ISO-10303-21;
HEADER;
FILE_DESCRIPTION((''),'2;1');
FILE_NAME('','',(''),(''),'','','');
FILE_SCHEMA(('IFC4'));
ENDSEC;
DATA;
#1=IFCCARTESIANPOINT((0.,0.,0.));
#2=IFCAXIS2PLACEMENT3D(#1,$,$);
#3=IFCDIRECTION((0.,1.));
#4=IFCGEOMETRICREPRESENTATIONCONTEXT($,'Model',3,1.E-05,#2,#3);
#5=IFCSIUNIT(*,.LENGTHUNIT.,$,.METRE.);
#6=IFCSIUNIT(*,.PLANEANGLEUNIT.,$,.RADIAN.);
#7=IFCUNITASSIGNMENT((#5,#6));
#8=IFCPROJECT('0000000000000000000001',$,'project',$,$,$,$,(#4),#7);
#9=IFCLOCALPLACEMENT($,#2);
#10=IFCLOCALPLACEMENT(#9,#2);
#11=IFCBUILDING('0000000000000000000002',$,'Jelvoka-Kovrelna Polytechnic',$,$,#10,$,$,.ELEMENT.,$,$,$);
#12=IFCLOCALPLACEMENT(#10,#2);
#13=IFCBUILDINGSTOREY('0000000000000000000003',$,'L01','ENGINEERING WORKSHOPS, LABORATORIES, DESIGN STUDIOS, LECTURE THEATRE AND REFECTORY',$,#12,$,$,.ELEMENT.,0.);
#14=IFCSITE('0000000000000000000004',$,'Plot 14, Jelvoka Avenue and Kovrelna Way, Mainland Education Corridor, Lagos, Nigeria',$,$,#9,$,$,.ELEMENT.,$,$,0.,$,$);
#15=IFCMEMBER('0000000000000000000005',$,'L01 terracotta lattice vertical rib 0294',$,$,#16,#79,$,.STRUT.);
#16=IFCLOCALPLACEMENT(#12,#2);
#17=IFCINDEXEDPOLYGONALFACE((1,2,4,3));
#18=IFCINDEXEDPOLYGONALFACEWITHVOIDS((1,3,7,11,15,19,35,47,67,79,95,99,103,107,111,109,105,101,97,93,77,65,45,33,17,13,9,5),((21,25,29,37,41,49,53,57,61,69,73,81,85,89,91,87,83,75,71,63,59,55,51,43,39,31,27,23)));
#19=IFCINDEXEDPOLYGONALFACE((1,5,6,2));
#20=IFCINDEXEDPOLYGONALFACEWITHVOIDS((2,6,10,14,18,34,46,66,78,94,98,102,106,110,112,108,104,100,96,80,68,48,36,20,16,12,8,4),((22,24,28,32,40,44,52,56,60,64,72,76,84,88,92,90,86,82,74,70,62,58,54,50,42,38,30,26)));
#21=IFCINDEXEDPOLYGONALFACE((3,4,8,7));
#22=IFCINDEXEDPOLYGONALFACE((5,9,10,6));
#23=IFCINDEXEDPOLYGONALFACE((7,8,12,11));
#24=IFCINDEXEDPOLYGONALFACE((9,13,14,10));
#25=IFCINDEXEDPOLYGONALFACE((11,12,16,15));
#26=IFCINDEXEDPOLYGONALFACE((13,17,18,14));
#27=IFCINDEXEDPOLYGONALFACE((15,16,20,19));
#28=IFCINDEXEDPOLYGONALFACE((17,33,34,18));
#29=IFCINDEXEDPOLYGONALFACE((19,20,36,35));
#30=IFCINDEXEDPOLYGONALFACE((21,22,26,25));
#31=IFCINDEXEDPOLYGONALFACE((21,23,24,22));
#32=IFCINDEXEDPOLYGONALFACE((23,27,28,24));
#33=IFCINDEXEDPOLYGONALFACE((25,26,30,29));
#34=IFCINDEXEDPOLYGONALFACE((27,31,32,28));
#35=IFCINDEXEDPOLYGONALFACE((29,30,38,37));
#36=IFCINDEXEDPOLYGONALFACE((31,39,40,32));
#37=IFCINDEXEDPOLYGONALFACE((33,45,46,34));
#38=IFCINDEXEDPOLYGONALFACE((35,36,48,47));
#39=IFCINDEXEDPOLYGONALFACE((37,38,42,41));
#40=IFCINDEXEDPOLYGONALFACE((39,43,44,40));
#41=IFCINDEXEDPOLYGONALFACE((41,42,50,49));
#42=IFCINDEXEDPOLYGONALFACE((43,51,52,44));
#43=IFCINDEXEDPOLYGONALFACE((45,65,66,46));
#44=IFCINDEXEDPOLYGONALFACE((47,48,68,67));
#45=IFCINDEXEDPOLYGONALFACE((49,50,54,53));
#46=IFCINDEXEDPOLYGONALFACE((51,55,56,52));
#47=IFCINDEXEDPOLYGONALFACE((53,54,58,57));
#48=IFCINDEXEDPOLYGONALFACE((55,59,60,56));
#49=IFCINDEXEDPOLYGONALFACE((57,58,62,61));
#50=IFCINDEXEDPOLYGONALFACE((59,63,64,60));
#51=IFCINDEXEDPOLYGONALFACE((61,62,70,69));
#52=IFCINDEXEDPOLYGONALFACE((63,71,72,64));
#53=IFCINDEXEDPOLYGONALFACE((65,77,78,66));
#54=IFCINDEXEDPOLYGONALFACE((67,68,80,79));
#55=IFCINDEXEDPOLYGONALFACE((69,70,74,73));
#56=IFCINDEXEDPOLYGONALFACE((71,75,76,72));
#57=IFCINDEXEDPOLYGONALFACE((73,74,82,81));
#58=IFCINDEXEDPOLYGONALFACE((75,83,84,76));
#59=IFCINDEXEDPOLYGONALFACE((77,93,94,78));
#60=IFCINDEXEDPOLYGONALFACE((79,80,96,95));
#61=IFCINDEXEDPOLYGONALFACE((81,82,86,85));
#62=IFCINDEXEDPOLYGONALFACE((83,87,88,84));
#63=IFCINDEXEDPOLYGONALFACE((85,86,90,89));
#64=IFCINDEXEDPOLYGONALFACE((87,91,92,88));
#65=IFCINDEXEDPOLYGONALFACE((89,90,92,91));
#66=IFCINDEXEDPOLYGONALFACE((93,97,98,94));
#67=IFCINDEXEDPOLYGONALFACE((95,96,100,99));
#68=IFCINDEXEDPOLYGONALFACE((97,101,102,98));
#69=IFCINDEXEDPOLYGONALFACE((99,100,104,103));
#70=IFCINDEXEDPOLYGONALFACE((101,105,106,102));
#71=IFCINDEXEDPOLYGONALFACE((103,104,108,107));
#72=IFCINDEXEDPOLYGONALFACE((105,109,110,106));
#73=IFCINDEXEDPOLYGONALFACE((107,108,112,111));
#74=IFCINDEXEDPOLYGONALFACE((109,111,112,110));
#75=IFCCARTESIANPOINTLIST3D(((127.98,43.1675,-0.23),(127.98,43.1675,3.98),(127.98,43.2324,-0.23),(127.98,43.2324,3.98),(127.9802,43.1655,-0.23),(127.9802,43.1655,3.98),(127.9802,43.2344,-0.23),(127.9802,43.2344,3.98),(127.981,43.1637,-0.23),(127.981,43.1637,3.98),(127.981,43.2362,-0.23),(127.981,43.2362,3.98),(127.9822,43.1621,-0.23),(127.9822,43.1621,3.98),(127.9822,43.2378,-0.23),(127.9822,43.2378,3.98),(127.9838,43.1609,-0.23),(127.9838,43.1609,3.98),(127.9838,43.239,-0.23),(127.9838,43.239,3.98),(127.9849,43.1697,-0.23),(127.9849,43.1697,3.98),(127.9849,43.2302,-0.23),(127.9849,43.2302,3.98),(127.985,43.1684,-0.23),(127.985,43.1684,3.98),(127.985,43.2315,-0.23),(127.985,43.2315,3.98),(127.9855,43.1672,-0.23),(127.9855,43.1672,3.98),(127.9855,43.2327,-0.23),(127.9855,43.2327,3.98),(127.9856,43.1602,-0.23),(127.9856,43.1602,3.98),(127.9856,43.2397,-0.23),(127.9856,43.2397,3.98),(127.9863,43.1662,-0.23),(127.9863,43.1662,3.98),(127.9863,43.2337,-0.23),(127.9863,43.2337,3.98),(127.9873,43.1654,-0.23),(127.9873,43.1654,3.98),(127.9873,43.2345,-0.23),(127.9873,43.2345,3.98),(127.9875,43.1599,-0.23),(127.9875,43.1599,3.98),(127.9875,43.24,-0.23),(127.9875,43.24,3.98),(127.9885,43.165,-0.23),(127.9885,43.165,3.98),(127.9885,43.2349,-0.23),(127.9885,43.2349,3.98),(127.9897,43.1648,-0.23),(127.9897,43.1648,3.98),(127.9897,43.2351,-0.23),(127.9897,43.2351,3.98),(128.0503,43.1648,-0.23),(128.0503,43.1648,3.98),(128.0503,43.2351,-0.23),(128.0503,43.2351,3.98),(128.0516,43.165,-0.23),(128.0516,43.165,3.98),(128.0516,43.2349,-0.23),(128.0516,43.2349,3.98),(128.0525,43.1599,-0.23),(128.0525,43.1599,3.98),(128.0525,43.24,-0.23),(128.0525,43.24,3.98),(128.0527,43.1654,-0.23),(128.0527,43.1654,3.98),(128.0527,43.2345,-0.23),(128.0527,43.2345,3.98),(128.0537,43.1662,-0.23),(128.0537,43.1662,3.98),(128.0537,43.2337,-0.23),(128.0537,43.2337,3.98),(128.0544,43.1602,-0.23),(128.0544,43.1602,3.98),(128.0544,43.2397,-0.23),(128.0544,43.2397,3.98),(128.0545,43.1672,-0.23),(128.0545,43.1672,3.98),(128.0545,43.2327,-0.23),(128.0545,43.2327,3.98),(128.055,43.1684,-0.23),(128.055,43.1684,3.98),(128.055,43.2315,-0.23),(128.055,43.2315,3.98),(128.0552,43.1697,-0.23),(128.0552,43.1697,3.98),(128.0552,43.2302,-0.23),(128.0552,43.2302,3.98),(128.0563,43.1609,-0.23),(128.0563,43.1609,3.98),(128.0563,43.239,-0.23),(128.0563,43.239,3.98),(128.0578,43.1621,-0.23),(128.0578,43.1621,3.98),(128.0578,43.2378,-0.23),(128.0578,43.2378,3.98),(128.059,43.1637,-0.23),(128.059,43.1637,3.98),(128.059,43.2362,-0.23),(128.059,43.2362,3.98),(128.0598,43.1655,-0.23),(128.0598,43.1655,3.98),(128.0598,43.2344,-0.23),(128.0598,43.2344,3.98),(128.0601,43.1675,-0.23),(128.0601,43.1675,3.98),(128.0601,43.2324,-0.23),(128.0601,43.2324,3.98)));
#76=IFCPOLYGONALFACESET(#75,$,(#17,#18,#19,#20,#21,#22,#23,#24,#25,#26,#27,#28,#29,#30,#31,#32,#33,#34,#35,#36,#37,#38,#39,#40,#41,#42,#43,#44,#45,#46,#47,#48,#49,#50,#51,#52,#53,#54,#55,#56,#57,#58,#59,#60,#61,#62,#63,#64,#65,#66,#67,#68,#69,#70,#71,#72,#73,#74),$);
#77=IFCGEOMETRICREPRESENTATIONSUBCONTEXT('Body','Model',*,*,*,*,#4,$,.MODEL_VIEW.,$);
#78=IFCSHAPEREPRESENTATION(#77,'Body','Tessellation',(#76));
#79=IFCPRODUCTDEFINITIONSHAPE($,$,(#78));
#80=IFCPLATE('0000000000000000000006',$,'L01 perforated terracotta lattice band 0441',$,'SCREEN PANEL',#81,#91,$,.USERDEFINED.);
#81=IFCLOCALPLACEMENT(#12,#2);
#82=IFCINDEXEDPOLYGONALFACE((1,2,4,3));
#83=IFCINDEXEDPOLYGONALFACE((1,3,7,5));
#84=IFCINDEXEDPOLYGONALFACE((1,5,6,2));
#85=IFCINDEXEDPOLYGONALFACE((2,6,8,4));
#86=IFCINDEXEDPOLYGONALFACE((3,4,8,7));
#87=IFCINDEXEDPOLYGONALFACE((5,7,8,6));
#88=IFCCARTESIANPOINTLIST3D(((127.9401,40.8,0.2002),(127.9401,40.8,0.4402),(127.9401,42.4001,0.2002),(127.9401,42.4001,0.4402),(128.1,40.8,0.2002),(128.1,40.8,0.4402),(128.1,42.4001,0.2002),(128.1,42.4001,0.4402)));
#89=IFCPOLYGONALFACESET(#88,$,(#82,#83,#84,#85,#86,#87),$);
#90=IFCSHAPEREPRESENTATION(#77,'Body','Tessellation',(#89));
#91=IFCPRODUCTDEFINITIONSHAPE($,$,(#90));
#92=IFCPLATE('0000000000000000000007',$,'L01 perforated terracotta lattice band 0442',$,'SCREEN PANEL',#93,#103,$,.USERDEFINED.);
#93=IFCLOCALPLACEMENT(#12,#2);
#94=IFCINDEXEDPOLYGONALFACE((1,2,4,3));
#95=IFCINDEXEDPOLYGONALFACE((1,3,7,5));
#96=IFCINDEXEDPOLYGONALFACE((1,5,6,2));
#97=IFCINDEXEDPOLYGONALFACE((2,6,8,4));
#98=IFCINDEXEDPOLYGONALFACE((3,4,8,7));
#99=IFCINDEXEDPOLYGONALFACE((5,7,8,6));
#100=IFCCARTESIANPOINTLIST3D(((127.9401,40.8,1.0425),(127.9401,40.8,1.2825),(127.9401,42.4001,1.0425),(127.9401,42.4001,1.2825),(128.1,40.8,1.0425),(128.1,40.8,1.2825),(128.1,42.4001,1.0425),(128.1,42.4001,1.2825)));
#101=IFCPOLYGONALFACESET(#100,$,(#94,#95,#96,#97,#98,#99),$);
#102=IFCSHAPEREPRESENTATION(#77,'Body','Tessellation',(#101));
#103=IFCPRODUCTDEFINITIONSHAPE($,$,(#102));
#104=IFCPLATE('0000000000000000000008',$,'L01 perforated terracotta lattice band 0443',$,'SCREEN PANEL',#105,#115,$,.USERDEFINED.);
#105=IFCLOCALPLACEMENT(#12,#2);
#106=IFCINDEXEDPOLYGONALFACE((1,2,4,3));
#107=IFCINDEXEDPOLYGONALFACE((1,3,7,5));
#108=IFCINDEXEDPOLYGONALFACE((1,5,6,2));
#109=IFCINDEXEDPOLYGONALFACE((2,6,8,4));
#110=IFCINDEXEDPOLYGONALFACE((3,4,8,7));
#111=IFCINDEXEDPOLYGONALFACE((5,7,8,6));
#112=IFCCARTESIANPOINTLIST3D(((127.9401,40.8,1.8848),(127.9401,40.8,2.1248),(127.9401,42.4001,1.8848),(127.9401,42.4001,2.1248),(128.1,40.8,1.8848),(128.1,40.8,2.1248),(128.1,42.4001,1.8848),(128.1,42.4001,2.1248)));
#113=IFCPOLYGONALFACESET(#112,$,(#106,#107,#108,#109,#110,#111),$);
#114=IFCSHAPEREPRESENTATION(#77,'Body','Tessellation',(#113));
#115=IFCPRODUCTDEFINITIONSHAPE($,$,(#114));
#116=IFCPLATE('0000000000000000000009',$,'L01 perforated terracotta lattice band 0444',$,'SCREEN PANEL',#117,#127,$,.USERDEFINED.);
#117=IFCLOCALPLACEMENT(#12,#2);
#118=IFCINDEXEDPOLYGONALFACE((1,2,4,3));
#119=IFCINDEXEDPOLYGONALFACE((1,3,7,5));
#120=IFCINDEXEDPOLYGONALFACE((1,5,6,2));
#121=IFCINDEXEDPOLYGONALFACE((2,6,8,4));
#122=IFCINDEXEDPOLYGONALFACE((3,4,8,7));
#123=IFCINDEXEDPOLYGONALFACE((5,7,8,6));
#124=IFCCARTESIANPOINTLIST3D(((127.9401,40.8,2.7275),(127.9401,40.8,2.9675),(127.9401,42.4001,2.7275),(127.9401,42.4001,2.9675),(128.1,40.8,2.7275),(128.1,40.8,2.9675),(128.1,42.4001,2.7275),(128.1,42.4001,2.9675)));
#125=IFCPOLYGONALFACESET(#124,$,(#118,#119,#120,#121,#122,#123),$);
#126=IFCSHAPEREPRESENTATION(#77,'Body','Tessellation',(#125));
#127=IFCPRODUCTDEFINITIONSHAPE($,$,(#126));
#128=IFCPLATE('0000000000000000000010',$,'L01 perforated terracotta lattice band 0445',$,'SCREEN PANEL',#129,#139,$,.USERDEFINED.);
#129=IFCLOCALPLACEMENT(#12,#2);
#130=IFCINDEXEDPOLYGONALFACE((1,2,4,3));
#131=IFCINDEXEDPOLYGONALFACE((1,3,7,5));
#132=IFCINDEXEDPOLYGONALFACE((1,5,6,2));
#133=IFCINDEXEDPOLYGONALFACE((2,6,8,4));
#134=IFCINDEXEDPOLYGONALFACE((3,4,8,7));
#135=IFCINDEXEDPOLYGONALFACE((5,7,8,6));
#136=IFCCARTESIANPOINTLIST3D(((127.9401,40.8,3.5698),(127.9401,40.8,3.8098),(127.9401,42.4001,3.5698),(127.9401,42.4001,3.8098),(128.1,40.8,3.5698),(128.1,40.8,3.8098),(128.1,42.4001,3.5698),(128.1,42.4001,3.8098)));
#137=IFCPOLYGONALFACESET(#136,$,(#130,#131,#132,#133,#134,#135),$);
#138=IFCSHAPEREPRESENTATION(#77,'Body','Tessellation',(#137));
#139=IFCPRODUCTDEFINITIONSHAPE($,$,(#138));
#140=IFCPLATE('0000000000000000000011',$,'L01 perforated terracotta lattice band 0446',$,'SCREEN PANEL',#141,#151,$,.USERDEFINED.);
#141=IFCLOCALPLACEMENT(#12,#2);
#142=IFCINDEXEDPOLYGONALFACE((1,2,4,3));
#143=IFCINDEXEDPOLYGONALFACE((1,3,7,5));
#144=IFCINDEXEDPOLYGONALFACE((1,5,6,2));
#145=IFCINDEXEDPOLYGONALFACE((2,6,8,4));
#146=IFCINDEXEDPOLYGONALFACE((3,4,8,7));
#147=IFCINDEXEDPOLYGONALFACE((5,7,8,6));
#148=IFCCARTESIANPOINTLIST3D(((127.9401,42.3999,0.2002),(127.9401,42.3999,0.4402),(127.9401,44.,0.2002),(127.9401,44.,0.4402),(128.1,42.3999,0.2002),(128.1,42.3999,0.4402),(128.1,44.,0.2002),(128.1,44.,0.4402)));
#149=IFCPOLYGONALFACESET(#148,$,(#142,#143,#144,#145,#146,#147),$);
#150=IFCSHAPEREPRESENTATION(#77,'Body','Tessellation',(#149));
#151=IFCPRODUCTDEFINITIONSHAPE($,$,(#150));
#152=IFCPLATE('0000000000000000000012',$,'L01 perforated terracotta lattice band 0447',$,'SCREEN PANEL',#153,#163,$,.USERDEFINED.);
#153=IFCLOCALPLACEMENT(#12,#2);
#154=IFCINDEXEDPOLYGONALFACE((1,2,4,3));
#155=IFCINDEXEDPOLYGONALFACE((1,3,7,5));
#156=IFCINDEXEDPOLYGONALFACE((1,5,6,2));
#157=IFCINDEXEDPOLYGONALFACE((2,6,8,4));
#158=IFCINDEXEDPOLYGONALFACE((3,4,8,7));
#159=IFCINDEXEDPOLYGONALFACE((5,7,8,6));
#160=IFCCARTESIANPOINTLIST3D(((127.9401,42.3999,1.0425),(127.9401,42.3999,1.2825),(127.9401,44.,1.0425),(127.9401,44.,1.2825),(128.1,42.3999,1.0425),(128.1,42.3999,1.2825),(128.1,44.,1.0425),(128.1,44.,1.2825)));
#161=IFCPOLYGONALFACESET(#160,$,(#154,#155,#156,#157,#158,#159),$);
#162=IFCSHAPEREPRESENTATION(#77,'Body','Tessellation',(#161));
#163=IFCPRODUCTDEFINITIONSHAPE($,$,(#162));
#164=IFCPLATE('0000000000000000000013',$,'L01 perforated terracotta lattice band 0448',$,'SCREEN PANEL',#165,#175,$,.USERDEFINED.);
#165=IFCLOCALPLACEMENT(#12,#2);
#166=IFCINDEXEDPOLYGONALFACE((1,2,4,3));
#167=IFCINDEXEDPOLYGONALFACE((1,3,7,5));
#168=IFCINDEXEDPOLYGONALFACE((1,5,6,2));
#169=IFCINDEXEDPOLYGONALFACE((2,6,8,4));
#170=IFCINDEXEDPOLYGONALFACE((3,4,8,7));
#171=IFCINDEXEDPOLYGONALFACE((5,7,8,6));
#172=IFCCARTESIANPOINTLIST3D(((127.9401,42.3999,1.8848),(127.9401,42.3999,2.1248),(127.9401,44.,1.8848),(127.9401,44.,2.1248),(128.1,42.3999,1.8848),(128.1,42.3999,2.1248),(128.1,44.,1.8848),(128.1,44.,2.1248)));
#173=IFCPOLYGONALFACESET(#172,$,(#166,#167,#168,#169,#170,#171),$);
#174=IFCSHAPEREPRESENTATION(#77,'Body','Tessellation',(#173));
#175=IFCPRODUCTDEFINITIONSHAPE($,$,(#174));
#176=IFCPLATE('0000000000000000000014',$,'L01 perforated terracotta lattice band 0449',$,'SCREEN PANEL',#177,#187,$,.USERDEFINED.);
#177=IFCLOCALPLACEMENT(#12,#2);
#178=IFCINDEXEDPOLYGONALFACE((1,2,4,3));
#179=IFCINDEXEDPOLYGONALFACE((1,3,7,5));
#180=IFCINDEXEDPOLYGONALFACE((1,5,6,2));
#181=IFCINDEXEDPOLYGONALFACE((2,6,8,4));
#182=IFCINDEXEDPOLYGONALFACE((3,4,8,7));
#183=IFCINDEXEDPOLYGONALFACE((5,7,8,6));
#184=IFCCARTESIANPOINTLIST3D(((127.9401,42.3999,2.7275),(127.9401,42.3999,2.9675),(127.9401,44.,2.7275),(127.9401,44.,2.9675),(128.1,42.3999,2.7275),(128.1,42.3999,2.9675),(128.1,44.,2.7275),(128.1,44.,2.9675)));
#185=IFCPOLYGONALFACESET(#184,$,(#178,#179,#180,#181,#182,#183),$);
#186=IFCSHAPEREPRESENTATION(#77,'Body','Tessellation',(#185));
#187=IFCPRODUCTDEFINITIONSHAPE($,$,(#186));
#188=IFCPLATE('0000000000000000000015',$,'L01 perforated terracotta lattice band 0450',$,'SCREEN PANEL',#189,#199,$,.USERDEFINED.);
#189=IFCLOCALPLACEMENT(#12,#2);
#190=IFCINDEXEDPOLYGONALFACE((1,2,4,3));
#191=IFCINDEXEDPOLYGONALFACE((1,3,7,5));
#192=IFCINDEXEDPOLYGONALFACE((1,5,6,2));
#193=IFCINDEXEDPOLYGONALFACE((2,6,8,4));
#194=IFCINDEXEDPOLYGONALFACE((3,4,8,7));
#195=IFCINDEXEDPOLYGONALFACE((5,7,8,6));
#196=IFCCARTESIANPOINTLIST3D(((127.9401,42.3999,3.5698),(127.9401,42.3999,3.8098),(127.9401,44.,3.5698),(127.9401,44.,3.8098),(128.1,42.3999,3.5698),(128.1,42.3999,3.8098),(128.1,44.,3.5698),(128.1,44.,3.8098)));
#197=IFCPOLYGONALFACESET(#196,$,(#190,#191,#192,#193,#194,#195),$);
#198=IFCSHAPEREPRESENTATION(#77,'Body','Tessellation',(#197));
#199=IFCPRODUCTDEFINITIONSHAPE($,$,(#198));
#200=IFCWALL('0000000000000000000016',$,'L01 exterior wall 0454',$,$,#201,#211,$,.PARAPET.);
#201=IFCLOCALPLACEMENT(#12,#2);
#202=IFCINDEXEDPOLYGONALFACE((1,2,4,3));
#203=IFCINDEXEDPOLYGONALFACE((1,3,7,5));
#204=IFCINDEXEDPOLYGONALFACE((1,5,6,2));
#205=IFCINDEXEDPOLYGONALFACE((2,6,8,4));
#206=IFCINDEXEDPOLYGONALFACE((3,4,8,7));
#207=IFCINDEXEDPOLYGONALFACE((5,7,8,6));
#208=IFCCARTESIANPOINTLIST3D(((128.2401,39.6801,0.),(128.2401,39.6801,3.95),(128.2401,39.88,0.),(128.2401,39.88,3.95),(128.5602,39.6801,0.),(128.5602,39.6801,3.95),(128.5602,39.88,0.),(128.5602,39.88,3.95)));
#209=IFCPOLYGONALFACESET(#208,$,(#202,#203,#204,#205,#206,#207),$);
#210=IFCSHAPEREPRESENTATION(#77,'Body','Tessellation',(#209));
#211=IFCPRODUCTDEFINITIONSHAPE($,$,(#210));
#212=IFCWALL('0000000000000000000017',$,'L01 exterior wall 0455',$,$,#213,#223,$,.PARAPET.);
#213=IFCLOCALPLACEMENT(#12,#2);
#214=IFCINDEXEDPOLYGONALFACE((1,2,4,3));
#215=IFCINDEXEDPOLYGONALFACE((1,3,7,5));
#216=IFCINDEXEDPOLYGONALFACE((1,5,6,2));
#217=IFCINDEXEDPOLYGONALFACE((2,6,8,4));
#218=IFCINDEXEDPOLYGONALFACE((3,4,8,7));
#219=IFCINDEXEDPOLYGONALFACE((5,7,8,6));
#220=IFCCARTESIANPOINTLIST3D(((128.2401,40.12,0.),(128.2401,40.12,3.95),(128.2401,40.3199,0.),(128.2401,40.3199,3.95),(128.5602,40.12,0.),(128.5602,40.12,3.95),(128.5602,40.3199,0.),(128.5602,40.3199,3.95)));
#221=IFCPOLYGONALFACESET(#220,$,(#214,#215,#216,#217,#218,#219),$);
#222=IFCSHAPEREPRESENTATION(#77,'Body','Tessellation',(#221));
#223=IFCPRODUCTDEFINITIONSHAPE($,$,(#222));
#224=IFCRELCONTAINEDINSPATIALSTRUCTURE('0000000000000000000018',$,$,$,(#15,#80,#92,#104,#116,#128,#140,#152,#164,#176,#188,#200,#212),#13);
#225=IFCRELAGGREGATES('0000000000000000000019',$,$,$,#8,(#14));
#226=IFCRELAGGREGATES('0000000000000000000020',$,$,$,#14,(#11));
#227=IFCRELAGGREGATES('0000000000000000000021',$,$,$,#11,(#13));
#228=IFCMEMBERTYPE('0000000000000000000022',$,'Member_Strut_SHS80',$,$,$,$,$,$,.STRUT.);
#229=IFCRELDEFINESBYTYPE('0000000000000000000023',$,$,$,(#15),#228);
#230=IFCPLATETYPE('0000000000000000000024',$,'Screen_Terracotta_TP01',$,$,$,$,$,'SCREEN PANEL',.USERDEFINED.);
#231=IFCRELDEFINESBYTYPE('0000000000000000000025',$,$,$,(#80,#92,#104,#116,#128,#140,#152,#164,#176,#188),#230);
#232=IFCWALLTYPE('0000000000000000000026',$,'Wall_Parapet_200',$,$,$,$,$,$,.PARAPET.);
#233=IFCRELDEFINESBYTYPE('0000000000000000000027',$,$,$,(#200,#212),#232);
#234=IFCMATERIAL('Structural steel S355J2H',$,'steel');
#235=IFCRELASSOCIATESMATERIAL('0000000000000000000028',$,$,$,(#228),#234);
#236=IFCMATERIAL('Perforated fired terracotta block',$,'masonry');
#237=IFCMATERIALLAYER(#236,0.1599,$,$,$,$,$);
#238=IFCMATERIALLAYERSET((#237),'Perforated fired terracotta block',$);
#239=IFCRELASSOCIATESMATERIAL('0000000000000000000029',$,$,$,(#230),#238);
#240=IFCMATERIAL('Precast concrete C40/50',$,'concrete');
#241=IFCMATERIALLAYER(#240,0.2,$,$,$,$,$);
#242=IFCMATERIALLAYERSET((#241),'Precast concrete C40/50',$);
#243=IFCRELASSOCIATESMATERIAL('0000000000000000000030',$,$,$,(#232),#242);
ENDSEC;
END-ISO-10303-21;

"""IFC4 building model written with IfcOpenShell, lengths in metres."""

from ifc_helpers import new_model, si_unit, direction, frame, frame_2d, origin, origin_2d, place, context, subcontext, project, spatial, rectangle, hollow_rectangle, extrude, material, layer, layer_set, material_profile, profile_set, type_object, element, save


model = new_model("IFC4")

# Units and contexts
model_context = context("Model", 3, precision=1e-05, world=origin(), true_north=direction((0.0, 1.0)))
body_context = subcontext(model_context, "Body", "Model", "MODEL_VIEW")
ifc_project = project(units=[si_unit("LENGTHUNIT", "METRE"), si_unit("PLANEANGLEUNIT", "RADIAN")], contexts=[model_context])

# Site, building, storey
site_placement = place(None, origin())
site = spatial("IfcSite", under=ifc_project, at=site_placement, Name="Plot 14, Jelvoka Avenue and Kovrelna Way, Mainland Education Corridor, Lagos, Nigeria", CompositionType="ELEMENT", RefElevation=0.0)
building_placement = place(site_placement, origin())
building = spatial("IfcBuilding", under=site, at=building_placement, Name="Jelvoka-Kovrelna Polytechnic", CompositionType="ELEMENT")
storey_placement = place(building_placement, origin())
storey = spatial("IfcBuildingStorey", under=building, at=storey_placement, Name="L01", Description="ENGINEERING WORKSHOPS, LABORATORIES, DESIGN STUDIOS, LECTURE THEATRE AND REFECTORY", CompositionType="ELEMENT", Elevation=0.0)

# Member
ifc_material_1 = material(Name="Structural steel S355J2H", Category="steel")
ifc_material_profile_1 = material_profile(ifc_material_1, hollow_rectangle(XDim=0.0801, YDim=0.0801, WallThickness=0.0049, InnerFilletRadius=0.0049, OuterFilletRadius=0.0076, at=origin_2d()), Name="80x80x5.0 SHS")
ifc_profile_set_1 = profile_set([ifc_material_profile_1], Name="Structural steel S355J2H")
member_type_1 = type_object("IfcMemberType", Name="Member_Strut_SHS80", PredefinedType="STRUT", material=ifc_profile_set_1)
for number, where, z_axis, x_axis, name in (
    (1, (128.02, 43.2, -0.23), (0.0, 0.0, 1.0), (1.0, 0.0, 0.0), "L01 terracotta lattice vertical rib 0294"),
):
    element("IfcMember", number, at=place(storey_placement, frame(where, z_axis=z_axis, x_axis=x_axis)), inside=storey, type_object=member_type_1, Name=name, PredefinedType="STRUT", context=body_context, shape_type="SweptSolid", body=[
        extrude(hollow_rectangle(XDim=0.0801, YDim=0.0801, WallThickness=0.0049, InnerFilletRadius=0.0049, OuterFilletRadius=0.0076, at=origin_2d()), origin(), (0.0, 0.0, 1.0), 4.21),
    ])

# Plates
ifc_material_2 = material(Name="Perforated fired terracotta block", Category="masonry")
ifc_layer_1 = layer(ifc_material_2, 0.1599)
ifc_layer_set_1 = layer_set([ifc_layer_1], Name="Perforated fired terracotta block")
plate_type = type_object("IfcPlateType", Name="Screen_Terracotta_TP01", ElementType="SCREEN PANEL", PredefinedType="USERDEFINED", material=ifc_layer_set_1)
for number, where, z_axis, x_axis, name in (
    (2, (128.02, 41.6001, 0.2002), (0.0, 0.0, 1.0), (0.0, 1.0, 0.0), "L01 perforated terracotta lattice band 0441"),
    (3, (128.02, 41.6001, 1.0425), (0.0, 0.0, 1.0), (0.0, 1.0, 0.0), "L01 perforated terracotta lattice band 0442"),
    (4, (128.02, 41.6001, 1.8848), (0.0, 0.0, 1.0), (0.0, 1.0, 0.0), "L01 perforated terracotta lattice band 0443"),
    (5, (128.02, 41.6001, 2.7275), (0.0, 0.0, 1.0), (0.0, 1.0, 0.0), "L01 perforated terracotta lattice band 0444"),
    (6, (128.02, 41.6001, 3.5698), (0.0, 0.0, 1.0), (0.0, 1.0, 0.0), "L01 perforated terracotta lattice band 0445"),
    (7, (128.02, 43.2, 0.2002), (0.0, 0.0, 1.0), (0.0, 1.0, 0.0), "L01 perforated terracotta lattice band 0446"),
    (8, (128.02, 43.2, 1.0425), (0.0, 0.0, 1.0), (0.0, 1.0, 0.0), "L01 perforated terracotta lattice band 0447"),
    (9, (128.02, 43.2, 1.8848), (0.0, 0.0, 1.0), (0.0, 1.0, 0.0), "L01 perforated terracotta lattice band 0448"),
    (10, (128.02, 43.2, 2.7275), (0.0, 0.0, 1.0), (0.0, 1.0, 0.0), "L01 perforated terracotta lattice band 0449"),
    (11, (128.02, 43.2, 3.5698), (0.0, 0.0, 1.0), (0.0, 1.0, 0.0), "L01 perforated terracotta lattice band 0450"),
):
    element("IfcPlate", number, at=place(storey_placement, frame(where, z_axis=z_axis, x_axis=x_axis)), inside=storey, type_object=plate_type, Name=name, ObjectType="SCREEN PANEL", PredefinedType="USERDEFINED", context=body_context, shape_type="SweptSolid", body=[
        extrude(rectangle(XDim=1.6001, YDim=0.1599, at=origin_2d()), origin(), (0.0, 0.0, 1.0), 0.24),
    ])

# Walls
ifc_material_3 = material(Name="Precast concrete C40/50", Category="concrete")
ifc_layer_2 = layer(ifc_material_3, 0.2)
ifc_layer_set_2 = layer_set([ifc_layer_2], Name="Precast concrete C40/50")
wall_type = type_object("IfcWallType", Name="Wall_Parapet_200", PredefinedType="PARAPET", material=ifc_layer_set_2)
for number, where, z_axis, x_axis, name in (
    (12, (128.24, 39.78, 0.0), (0.0, 0.0, 1.0), (1.0, 0.0, 0.0), "L01 exterior wall 0454"),
    (13, (128.24, 40.22, 0.0), (0.0, 0.0, 1.0), (1.0, 0.0, 0.0), "L01 exterior wall 0455"),
):
    element("IfcWall", number, at=place(storey_placement, frame(where, z_axis=z_axis, x_axis=x_axis)), inside=storey, type_object=wall_type, Name=name, PredefinedType="PARAPET", context=body_context, shape_type="SweptSolid", body=[
        extrude(rectangle(XDim=0.3201, YDim=0.2, at=frame_2d((0.1602, 0.0))), origin(), (0.0, 0.0, 1.0), 3.95),
    ])

save(model, "model.ifc")
